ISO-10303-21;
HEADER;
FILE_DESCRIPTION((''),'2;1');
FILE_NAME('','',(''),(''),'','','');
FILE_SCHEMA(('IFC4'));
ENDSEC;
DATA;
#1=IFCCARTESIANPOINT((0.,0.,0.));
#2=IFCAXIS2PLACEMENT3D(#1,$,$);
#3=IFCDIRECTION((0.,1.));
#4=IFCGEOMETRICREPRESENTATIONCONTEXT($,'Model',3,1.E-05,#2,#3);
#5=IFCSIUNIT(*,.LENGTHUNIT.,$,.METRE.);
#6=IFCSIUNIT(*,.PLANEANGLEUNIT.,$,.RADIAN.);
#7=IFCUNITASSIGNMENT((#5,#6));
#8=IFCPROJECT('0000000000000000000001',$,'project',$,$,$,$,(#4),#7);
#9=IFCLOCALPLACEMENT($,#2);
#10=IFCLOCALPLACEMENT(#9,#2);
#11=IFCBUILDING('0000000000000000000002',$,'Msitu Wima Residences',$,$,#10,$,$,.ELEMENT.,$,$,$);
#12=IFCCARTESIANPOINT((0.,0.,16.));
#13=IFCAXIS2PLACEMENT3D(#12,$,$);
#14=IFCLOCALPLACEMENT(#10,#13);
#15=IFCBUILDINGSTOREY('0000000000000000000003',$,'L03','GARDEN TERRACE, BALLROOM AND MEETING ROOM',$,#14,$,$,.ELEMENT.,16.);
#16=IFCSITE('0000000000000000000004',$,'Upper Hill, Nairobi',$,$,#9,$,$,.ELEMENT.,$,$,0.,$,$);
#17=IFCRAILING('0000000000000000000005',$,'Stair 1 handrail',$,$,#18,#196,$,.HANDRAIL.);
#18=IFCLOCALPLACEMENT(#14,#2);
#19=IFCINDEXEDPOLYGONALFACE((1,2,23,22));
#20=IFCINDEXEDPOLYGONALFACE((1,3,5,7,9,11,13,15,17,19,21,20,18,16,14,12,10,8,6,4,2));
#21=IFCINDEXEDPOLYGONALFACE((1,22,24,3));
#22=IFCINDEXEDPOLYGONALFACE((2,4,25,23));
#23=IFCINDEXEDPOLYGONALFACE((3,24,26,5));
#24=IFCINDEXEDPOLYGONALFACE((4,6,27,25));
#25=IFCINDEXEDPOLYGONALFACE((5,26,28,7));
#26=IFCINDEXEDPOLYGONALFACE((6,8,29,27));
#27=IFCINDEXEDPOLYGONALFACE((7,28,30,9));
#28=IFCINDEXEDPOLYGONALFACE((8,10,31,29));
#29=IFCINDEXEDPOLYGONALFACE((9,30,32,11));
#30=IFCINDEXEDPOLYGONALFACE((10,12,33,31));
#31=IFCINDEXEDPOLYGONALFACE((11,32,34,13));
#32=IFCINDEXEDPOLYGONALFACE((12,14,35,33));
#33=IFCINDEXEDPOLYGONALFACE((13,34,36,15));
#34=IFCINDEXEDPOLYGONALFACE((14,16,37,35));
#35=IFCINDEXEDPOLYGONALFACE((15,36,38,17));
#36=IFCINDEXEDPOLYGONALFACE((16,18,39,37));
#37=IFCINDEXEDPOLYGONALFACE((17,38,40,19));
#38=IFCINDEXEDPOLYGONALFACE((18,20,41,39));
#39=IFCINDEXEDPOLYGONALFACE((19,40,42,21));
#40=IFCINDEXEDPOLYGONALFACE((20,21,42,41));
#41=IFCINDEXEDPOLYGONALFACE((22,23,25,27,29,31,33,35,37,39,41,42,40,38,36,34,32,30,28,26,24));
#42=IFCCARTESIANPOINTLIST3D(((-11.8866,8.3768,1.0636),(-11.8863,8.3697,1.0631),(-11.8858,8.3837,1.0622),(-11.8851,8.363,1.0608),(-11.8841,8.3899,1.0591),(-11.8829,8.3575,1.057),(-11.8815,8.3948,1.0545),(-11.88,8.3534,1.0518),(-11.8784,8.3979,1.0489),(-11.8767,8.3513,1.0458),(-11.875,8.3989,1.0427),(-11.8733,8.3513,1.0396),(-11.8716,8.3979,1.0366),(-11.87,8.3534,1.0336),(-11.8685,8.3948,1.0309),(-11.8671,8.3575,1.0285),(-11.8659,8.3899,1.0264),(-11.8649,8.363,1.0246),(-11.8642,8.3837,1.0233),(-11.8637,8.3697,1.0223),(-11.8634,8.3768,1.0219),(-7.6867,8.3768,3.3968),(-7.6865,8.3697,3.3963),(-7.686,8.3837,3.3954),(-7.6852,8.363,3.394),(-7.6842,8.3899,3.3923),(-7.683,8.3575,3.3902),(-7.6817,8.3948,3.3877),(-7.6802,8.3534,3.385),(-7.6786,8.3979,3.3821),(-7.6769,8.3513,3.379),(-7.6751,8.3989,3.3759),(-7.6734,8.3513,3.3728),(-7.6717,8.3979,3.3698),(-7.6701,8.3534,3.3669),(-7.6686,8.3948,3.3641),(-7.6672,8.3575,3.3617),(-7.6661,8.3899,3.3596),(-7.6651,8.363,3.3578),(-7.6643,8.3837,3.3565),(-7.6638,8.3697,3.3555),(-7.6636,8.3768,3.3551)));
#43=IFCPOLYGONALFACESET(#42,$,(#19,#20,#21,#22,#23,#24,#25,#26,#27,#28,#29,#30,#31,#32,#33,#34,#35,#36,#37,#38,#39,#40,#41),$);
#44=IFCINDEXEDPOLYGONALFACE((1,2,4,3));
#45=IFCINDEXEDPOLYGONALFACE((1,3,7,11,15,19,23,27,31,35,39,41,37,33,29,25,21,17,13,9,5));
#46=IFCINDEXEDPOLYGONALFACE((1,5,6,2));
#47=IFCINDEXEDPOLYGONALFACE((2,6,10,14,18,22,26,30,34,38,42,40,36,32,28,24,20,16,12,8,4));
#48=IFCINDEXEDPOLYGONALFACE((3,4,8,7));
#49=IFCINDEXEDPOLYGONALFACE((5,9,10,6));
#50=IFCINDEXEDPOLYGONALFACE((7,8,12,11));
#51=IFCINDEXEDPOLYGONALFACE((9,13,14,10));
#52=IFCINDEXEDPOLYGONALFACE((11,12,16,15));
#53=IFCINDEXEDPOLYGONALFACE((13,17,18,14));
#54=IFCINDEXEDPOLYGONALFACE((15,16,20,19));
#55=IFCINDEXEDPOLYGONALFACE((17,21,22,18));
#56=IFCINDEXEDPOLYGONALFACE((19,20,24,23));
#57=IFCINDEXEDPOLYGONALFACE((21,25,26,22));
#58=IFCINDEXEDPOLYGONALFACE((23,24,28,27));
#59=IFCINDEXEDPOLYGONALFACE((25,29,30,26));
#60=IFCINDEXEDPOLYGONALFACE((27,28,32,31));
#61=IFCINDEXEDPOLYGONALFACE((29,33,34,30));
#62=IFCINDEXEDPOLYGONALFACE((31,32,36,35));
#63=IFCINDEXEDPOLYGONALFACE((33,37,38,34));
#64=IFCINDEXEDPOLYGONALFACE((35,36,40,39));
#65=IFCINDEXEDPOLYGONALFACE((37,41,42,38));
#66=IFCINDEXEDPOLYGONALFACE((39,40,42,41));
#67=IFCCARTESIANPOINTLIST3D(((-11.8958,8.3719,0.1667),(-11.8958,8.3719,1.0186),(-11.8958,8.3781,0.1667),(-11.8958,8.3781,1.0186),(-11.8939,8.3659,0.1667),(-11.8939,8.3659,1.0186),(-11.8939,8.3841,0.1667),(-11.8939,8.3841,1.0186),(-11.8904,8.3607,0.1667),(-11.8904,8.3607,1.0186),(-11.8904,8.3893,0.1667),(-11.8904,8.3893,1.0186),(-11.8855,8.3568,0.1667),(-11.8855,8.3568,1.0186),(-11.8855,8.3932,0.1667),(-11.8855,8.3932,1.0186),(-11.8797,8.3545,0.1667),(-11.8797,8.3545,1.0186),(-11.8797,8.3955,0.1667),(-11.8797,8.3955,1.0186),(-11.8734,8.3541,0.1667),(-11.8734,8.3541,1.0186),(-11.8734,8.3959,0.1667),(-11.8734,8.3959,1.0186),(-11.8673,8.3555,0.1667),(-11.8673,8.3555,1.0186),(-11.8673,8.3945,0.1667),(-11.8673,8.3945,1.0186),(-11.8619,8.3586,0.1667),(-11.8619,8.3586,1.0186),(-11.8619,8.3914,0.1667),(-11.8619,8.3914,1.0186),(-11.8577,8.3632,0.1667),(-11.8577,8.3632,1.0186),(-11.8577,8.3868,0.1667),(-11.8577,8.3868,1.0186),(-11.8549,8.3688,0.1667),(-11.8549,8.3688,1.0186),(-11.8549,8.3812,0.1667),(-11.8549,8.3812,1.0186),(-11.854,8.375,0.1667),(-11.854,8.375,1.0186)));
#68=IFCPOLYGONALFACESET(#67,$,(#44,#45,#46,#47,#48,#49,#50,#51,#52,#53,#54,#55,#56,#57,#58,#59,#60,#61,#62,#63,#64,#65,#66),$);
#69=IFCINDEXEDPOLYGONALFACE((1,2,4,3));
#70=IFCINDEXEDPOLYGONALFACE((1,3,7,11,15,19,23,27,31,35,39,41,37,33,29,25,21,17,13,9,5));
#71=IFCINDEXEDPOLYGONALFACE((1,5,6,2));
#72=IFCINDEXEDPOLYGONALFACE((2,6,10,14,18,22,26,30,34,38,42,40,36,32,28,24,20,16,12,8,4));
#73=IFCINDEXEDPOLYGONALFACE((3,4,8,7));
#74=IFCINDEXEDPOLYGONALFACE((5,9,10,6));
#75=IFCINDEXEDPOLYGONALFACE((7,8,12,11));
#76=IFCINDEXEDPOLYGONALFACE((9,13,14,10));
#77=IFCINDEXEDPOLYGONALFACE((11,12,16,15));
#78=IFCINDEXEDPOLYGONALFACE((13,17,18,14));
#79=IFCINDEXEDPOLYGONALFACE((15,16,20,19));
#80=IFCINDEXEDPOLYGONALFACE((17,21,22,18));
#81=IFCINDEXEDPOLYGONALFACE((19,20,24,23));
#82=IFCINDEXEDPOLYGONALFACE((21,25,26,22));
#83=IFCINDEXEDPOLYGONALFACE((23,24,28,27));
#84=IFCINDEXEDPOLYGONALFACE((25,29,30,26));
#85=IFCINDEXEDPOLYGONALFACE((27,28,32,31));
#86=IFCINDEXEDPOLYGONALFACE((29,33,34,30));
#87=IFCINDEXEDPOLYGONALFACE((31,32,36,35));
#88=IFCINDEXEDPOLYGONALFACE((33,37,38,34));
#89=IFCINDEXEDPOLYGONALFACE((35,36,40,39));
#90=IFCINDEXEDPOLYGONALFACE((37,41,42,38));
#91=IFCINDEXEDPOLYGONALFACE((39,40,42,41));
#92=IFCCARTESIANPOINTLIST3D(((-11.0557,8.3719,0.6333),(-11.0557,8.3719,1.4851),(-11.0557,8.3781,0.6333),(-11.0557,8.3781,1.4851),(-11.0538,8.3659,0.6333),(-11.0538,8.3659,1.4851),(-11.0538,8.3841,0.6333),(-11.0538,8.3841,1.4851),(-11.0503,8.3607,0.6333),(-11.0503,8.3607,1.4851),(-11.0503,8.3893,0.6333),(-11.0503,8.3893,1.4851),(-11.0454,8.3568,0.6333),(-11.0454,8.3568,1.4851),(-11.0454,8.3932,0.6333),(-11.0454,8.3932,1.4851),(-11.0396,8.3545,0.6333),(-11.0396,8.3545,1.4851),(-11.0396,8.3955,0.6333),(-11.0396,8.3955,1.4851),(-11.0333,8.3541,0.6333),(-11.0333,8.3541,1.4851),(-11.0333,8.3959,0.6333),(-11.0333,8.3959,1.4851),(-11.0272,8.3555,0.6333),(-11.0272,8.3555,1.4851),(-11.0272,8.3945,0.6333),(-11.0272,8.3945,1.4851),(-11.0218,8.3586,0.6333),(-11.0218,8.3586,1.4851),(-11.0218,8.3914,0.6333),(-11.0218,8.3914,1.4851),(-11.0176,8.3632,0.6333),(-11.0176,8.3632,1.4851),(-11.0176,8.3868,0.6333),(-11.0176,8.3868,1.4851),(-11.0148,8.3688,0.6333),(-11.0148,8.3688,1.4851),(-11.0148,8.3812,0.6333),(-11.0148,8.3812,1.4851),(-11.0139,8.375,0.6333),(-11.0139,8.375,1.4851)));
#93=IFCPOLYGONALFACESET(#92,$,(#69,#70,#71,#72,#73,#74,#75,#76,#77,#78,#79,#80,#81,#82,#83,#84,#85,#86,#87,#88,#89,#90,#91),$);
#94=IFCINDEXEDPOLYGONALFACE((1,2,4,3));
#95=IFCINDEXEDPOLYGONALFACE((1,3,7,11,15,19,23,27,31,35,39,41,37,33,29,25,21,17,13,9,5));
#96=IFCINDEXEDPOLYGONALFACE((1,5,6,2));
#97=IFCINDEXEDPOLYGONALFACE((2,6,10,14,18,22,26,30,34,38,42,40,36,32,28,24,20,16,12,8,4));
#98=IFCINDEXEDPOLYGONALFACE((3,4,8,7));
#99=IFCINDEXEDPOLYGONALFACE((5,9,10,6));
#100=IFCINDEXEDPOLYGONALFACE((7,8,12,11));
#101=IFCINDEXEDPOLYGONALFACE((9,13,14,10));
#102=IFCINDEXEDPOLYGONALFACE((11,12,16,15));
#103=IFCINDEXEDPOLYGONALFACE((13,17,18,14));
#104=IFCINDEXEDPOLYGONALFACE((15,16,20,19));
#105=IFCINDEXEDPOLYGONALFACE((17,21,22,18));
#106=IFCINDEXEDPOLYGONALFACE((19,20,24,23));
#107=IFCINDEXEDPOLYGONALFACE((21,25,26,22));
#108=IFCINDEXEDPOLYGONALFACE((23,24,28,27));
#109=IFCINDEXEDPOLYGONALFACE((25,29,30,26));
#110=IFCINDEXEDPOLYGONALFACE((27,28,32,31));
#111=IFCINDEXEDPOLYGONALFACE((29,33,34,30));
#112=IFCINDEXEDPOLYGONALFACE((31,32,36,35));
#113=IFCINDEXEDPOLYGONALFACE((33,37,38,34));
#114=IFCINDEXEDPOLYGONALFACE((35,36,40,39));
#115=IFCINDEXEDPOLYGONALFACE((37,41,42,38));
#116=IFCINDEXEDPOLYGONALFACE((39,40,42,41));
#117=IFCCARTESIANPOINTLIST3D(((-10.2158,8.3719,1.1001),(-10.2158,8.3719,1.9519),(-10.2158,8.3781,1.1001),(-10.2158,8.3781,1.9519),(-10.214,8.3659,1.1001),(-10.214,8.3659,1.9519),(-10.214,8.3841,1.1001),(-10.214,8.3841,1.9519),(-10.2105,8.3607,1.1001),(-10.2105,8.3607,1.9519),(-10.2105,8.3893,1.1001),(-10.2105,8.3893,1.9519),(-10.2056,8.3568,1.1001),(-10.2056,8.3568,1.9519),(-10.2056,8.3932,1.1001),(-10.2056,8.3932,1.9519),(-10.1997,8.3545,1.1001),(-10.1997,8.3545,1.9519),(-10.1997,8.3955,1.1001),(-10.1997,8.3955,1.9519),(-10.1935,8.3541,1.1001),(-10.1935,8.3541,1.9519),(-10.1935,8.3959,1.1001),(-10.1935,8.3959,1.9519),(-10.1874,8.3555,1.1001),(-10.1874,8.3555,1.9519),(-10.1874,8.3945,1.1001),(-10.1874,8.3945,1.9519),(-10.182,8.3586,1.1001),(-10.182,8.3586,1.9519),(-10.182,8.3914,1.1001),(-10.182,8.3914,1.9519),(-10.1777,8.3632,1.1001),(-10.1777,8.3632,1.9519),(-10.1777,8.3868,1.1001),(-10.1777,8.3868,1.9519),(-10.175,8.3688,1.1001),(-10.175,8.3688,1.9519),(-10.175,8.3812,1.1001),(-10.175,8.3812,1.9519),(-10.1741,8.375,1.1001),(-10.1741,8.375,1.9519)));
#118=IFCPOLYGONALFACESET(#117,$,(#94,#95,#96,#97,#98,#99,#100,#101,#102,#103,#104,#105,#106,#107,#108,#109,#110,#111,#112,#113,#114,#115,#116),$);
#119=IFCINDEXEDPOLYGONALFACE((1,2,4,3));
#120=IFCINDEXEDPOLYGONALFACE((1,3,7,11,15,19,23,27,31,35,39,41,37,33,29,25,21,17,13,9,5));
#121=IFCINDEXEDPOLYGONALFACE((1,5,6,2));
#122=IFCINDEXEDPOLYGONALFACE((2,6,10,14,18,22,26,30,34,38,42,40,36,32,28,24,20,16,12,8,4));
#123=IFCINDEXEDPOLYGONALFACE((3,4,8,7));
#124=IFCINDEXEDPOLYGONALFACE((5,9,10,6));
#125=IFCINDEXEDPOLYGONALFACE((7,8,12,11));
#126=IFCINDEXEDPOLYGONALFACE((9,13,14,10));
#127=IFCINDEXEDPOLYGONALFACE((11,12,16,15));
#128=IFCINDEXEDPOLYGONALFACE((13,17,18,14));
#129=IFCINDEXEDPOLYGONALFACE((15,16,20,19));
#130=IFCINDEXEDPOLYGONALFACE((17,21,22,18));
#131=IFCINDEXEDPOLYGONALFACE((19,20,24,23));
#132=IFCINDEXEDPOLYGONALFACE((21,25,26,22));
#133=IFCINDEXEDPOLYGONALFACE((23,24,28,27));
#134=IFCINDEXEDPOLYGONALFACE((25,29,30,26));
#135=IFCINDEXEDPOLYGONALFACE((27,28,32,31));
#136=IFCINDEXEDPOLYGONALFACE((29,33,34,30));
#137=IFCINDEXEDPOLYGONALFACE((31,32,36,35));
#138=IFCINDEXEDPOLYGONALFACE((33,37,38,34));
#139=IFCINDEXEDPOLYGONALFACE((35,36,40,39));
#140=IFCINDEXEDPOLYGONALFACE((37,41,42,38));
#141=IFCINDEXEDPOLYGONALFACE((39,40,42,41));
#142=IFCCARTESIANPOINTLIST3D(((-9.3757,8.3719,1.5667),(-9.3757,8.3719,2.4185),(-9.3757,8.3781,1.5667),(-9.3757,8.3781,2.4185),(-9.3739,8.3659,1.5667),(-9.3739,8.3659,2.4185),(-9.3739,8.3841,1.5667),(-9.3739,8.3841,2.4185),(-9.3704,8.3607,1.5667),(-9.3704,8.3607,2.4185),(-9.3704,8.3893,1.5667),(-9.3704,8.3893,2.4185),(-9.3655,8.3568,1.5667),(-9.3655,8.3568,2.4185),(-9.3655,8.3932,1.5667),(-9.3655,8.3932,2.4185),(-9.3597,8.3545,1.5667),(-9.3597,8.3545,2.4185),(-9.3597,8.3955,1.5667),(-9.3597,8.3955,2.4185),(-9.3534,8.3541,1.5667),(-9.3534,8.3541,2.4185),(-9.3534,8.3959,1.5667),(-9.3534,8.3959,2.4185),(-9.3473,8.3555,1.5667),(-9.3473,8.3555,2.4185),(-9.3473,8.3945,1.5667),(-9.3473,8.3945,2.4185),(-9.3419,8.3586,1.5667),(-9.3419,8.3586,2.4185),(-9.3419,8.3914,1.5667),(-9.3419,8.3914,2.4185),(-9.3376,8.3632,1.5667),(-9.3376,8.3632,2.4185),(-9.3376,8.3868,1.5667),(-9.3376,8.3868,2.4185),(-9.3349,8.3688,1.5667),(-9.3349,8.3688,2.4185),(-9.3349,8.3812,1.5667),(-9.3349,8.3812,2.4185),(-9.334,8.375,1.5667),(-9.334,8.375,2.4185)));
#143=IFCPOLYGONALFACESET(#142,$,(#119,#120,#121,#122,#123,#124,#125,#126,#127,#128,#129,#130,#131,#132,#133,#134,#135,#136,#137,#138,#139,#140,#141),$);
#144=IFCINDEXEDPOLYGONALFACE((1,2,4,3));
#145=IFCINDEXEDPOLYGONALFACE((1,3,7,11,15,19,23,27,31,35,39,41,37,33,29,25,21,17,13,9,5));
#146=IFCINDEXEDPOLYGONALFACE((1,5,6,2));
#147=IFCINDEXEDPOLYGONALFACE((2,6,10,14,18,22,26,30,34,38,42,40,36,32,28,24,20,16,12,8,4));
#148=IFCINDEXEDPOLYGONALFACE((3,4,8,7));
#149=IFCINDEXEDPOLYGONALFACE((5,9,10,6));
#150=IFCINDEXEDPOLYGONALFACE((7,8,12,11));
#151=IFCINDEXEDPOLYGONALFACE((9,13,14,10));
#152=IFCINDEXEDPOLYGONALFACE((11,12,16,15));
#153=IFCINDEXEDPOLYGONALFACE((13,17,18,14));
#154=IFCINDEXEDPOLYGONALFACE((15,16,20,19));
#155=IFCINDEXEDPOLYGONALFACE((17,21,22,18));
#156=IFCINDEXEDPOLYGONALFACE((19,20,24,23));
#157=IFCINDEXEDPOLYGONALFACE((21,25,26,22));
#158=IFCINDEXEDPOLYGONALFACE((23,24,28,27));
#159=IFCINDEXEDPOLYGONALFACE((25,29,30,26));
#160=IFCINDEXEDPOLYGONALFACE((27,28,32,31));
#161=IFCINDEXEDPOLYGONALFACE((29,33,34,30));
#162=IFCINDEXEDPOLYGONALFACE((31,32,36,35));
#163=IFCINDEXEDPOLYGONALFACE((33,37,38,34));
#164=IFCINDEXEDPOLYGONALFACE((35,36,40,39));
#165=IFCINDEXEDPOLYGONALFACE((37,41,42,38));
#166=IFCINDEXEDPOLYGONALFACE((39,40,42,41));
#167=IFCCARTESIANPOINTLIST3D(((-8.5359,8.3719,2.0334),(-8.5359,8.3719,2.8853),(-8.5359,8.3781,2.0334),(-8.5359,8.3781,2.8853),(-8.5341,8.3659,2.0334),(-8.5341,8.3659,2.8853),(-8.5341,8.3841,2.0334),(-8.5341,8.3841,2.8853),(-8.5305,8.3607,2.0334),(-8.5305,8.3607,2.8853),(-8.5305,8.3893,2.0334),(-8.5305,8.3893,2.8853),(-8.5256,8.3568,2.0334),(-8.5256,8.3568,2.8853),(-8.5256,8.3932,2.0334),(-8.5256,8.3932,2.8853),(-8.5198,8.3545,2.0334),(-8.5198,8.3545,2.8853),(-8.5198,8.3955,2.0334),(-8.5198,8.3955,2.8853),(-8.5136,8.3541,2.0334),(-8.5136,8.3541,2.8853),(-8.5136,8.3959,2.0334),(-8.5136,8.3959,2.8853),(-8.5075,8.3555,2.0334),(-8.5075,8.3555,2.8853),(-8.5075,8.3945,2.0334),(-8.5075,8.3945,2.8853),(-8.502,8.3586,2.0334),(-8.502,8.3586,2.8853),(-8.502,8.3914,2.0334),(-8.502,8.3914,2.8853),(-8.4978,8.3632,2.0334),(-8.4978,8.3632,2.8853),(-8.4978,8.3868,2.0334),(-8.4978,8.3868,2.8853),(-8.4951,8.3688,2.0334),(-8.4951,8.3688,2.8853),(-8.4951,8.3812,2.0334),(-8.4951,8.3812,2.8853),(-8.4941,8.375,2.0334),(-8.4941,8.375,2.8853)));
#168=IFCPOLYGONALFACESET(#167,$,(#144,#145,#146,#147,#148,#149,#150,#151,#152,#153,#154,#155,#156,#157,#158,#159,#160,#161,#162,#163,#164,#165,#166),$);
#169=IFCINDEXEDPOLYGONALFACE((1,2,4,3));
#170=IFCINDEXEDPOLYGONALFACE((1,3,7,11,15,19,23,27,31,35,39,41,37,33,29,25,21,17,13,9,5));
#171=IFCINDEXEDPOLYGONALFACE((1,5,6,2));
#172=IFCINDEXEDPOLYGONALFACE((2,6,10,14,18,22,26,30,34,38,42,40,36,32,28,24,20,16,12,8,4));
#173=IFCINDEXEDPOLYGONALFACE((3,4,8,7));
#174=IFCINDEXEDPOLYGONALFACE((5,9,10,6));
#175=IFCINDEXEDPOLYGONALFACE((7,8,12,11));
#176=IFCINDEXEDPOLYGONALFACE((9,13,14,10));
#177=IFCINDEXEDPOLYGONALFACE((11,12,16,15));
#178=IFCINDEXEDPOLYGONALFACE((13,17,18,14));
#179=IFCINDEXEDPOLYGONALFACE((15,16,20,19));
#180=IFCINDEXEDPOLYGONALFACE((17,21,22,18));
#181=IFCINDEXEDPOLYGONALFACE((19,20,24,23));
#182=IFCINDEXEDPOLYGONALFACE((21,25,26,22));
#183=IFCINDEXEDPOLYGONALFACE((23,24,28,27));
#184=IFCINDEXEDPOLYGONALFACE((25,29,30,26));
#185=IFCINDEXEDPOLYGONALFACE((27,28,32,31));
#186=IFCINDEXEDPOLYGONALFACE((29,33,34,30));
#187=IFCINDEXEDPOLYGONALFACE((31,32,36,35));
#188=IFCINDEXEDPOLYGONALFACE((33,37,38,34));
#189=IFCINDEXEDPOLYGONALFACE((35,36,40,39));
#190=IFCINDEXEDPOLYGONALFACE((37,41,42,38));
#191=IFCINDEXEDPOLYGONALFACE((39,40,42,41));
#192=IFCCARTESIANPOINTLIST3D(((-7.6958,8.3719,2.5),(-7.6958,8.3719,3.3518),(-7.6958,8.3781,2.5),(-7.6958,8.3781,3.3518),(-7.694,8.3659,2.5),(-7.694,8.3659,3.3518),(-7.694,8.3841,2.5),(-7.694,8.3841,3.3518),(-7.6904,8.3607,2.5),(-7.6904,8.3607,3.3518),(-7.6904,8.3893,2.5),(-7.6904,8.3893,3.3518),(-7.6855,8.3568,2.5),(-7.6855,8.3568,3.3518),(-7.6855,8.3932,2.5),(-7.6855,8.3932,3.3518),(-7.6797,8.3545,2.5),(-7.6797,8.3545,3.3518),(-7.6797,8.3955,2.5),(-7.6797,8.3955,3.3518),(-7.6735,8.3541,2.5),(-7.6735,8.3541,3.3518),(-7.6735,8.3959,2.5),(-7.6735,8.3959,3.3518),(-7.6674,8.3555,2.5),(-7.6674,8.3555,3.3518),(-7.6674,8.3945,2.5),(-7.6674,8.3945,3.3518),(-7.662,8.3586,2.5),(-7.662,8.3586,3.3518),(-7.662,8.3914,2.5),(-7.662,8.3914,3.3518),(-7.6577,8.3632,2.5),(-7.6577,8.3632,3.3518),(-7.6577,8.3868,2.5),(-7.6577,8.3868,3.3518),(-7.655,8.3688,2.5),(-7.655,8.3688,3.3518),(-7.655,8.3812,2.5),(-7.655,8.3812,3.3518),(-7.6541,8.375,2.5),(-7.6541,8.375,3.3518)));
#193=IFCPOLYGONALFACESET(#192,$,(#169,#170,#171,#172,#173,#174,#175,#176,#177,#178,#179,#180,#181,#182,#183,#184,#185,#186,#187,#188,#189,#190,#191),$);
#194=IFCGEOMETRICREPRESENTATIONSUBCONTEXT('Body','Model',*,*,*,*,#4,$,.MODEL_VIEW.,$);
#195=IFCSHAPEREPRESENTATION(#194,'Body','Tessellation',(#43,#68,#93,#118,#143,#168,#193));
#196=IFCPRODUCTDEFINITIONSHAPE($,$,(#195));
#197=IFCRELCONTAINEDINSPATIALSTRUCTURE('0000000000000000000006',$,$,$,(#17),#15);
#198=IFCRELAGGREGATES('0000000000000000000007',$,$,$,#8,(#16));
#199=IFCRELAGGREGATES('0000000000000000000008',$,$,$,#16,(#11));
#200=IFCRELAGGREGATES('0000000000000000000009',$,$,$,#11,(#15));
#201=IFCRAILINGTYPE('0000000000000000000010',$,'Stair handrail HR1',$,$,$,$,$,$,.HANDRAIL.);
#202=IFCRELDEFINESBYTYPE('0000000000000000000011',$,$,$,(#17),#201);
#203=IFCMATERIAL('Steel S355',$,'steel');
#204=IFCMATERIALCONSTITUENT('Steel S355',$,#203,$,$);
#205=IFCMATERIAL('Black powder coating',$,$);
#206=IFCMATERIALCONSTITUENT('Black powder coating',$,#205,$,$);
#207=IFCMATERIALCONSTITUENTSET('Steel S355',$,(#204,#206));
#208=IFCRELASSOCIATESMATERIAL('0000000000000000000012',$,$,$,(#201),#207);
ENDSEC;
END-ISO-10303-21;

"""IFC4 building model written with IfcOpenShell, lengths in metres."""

from ifc_helpers import new_model, si_unit, direction, frame, origin, origin_2d, place, context, subcontext, project, spatial, circle, extrude, material, constituent, constituent_set, type_object, element, save


model = new_model("IFC4")

# Units and contexts
model_context = context("Model", 3, precision=1e-05, world=origin(), true_north=direction((0.0, 1.0)))
body_context = subcontext(model_context, "Body", "Model", "MODEL_VIEW")
ifc_project = project(units=[si_unit("LENGTHUNIT", "METRE"), si_unit("PLANEANGLEUNIT", "RADIAN")], contexts=[model_context])

# Site, building, storey
site_placement = place(None, origin())
site = spatial("IfcSite", under=ifc_project, at=site_placement, Name="Upper Hill, Nairobi", CompositionType="ELEMENT", RefElevation=0.0)
building_placement = place(site_placement, origin())
building = spatial("IfcBuilding", under=site, at=building_placement, Name="Msitu Wima Residences", CompositionType="ELEMENT")
storey_placement = place(building_placement, frame((0.0, 0.0, 16.0)))
storey = spatial("IfcBuildingStorey", under=building, at=storey_placement, Name="L03", Description="GARDEN TERRACE, BALLROOM AND MEETING ROOM", CompositionType="ELEMENT", Elevation=16.0)

# Railing
ifc_material_1 = material(Name="Steel S355", Category="steel")
ifc_constituent_1 = constituent(ifc_material_1, Name="Steel S355")
ifc_material_2 = material(Name="Black powder coating")
ifc_constituent_2 = constituent(ifc_material_2, Name="Black powder coating")
ifc_constituent_set = constituent_set(constituents=[ifc_constituent_1, ifc_constituent_2], Name="Steel S355")
railing_type = type_object("IfcRailingType", Name="Stair handrail HR1", PredefinedType="HANDRAIL", material=ifc_constituent_set)
for number, where, name in (
    (1, (-11.875, 8.375, 0.1667), "Stair 1 handrail"),
):
    element("IfcRailing", number, at=place(storey_placement, frame(where)), inside=storey, type_object=railing_type, Name=name, PredefinedType="HANDRAIL", context=body_context, shape_type="SweptSolid", body=[
        extrude(circle(Radius=0.0239, at=origin_2d()), frame((0.0, 0.0, 0.876), z_axis=(0.874162, 0.0, 0.485634), x_axis=(0.0, 1.0, 0.0)), (0.0, 0.0, 1.0), 4.8044),
        extrude(circle(Radius=0.021, at=origin_2d()), origin(), (0.0, 0.0, 1.0), 0.8518),
        extrude(circle(Radius=0.021, at=origin_2d()), frame((0.8401, 0.0, 0.4666)), (0.0, 0.0, 1.0), 0.8518),
        extrude(circle(Radius=0.021, at=origin_2d()), frame((1.6799, 0.0, 0.9333)), (0.0, 0.0, 1.0), 0.8518),
        extrude(circle(Radius=0.021, at=origin_2d()), frame((2.52, 0.0, 1.3999)), (0.0, 0.0, 1.0), 0.8518),
        extrude(circle(Radius=0.021, at=origin_2d()), frame((3.3599, 0.0, 1.8667)), (0.0, 0.0, 1.0), 0.8518),
        extrude(circle(Radius=0.021, at=origin_2d()), frame((4.2, 0.0, 2.3333)), (0.0, 0.0, 1.0), 0.8518),
    ])

save(model, "model.ifc")
